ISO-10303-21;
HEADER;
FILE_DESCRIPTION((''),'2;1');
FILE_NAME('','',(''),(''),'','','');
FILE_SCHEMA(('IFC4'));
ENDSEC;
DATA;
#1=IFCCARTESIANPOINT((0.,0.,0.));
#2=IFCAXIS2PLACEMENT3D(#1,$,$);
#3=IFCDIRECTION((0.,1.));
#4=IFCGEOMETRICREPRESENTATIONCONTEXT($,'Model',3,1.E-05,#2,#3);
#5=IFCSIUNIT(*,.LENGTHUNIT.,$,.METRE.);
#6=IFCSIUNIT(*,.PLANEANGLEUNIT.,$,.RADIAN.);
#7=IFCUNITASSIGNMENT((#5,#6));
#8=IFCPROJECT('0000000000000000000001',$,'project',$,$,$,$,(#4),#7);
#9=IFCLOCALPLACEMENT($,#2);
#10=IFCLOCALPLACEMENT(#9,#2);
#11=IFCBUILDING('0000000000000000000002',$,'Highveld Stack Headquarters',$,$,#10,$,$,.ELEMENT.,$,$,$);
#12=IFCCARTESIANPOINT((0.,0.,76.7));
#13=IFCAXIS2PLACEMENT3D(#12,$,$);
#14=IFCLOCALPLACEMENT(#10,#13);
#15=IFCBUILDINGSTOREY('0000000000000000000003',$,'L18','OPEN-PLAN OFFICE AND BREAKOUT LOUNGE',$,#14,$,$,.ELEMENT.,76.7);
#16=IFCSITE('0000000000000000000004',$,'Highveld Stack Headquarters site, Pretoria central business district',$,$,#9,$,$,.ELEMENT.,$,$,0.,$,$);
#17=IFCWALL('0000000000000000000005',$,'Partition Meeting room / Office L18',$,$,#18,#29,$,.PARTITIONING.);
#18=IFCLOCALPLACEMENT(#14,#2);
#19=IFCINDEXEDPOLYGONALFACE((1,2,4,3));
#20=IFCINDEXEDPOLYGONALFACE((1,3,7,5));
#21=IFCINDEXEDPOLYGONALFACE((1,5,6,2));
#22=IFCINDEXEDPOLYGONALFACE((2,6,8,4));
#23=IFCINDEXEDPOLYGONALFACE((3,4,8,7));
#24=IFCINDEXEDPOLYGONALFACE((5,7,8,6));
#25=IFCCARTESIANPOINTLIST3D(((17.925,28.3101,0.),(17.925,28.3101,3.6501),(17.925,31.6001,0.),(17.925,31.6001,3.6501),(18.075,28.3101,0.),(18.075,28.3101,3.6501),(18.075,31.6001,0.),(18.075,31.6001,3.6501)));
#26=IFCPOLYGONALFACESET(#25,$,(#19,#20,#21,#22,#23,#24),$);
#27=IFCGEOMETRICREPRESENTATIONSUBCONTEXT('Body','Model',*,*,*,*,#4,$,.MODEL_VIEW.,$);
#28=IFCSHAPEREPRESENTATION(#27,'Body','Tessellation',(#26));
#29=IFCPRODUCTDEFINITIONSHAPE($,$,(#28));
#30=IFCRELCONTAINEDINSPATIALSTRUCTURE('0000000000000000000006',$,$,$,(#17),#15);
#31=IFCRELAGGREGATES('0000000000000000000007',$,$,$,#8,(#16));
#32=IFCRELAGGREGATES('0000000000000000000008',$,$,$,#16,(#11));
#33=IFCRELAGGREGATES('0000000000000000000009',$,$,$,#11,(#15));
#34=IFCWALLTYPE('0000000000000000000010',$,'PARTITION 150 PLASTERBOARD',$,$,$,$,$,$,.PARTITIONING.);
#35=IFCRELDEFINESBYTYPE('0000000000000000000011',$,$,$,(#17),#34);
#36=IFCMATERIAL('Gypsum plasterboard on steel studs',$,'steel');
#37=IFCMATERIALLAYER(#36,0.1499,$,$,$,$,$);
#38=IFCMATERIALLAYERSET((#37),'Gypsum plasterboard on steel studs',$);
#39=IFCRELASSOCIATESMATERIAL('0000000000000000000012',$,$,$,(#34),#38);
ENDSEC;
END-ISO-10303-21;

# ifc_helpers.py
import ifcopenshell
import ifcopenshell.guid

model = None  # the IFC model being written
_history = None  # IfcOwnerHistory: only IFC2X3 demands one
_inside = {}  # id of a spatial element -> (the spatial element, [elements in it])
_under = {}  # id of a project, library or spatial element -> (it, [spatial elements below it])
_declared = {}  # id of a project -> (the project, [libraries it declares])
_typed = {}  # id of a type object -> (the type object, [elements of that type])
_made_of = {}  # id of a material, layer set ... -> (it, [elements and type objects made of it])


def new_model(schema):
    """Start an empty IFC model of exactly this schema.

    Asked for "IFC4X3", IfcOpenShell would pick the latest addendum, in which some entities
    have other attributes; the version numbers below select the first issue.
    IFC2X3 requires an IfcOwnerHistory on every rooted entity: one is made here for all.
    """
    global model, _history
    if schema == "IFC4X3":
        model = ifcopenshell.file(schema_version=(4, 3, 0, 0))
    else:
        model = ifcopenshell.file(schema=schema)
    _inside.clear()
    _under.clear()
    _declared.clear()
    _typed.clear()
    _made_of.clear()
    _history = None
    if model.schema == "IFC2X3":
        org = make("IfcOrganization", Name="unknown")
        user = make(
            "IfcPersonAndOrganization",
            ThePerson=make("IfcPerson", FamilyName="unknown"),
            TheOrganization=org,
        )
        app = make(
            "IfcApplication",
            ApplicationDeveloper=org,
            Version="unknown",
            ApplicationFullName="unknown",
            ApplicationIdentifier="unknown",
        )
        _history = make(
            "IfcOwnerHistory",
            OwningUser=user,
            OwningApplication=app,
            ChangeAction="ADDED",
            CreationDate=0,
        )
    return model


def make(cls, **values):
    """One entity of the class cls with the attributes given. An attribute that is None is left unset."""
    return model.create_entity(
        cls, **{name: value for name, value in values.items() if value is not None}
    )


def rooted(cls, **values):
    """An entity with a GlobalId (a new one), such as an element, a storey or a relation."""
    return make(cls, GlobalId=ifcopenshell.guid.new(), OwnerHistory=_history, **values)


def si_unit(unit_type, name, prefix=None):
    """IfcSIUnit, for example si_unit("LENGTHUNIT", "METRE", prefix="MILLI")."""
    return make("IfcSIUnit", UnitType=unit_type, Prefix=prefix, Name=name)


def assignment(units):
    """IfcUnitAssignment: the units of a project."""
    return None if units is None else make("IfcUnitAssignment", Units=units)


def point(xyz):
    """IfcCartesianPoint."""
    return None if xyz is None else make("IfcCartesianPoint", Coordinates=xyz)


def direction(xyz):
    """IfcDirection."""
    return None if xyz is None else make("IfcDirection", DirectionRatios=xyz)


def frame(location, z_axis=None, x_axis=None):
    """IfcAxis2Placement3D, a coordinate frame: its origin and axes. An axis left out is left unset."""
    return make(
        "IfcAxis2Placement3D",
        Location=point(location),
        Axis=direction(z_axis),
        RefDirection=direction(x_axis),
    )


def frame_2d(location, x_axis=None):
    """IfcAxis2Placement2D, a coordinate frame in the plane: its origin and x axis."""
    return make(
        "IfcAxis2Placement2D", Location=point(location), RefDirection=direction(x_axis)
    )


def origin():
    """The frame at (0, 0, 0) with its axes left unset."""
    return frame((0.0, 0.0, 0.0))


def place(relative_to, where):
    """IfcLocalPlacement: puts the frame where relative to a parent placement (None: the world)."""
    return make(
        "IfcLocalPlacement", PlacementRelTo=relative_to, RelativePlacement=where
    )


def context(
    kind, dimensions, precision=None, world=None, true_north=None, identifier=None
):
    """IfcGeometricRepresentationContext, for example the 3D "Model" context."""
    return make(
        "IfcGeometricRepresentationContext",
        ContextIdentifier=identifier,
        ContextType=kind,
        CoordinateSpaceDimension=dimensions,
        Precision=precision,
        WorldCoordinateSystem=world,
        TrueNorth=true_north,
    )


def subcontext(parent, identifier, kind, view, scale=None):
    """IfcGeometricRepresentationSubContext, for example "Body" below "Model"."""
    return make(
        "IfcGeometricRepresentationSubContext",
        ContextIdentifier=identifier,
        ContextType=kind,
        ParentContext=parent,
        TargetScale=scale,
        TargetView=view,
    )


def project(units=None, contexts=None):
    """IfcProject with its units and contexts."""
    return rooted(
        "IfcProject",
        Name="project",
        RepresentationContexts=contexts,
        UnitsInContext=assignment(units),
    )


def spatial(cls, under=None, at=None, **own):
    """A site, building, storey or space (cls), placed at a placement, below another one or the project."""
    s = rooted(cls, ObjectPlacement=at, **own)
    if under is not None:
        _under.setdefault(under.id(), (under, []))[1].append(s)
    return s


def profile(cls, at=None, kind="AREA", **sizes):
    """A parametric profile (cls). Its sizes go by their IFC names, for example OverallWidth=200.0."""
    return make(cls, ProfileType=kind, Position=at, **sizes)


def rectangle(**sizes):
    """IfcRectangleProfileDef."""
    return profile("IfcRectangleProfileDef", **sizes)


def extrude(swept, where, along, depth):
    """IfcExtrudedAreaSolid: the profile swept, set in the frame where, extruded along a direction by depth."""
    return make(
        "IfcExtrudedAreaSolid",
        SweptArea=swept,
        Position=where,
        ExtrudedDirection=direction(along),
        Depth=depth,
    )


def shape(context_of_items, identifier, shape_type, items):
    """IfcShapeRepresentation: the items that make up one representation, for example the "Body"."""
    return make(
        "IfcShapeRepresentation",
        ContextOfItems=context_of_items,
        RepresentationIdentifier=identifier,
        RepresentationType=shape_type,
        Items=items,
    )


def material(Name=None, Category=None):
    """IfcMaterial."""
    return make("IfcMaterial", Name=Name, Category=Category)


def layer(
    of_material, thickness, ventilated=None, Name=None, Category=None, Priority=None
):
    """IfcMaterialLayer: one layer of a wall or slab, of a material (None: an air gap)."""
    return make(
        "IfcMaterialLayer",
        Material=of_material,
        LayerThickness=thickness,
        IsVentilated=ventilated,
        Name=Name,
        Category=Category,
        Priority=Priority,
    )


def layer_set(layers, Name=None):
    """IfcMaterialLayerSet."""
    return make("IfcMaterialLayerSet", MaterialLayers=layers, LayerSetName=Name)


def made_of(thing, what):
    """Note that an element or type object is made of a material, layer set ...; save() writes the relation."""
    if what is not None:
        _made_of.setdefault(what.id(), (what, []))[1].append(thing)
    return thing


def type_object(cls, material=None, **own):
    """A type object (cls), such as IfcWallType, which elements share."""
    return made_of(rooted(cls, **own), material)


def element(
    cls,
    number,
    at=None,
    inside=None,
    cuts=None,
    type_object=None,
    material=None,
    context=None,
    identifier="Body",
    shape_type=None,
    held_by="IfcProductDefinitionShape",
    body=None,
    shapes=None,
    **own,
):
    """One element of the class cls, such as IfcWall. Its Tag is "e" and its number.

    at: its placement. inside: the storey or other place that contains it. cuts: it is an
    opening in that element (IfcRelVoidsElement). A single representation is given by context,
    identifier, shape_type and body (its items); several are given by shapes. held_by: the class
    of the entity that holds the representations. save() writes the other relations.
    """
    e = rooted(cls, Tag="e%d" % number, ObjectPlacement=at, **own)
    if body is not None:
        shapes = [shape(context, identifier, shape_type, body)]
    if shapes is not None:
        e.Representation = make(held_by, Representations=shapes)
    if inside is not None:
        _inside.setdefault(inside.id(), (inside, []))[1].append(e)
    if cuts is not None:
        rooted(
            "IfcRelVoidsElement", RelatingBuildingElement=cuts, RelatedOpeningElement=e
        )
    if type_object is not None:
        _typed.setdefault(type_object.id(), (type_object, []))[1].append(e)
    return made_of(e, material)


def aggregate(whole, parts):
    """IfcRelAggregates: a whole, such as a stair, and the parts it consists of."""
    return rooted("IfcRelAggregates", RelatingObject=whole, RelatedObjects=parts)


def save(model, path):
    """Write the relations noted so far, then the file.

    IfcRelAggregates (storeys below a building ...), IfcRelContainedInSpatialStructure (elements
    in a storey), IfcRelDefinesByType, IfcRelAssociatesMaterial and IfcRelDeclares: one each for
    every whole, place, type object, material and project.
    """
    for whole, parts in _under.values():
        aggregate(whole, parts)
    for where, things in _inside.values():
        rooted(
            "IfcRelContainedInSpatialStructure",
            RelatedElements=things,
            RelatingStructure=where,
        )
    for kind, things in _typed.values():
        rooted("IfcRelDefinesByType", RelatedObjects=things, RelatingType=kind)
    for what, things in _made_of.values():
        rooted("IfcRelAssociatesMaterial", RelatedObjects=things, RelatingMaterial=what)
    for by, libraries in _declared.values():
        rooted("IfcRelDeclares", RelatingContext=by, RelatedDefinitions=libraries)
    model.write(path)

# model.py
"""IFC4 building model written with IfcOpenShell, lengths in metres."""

from ifc_helpers import new_model, si_unit, direction, frame, frame_2d, origin, place, context, subcontext, project, spatial, rectangle, extrude, material, layer, layer_set, type_object, element, save


model = new_model("IFC4")

# Units and contexts
model_context = context("Model", 3, precision=1e-05, world=origin(), true_north=direction((0.0, 1.0)))
body_context = subcontext(model_context, "Body", "Model", "MODEL_VIEW")
ifc_project = project(units=[si_unit("LENGTHUNIT", "METRE"), si_unit("PLANEANGLEUNIT", "RADIAN")], contexts=[model_context])

# Site, building, storey
site_placement = place(None, origin())
site = spatial("IfcSite", under=ifc_project, at=site_placement, Name="Highveld Stack Headquarters site, Pretoria central business district", CompositionType="ELEMENT", RefElevation=0.0)
building_placement = place(site_placement, origin())
building = spatial("IfcBuilding", under=site, at=building_placement, Name="Highveld Stack Headquarters", CompositionType="ELEMENT")
storey_placement = place(building_placement, frame((0.0, 0.0, 76.7)))
storey = spatial("IfcBuildingStorey", under=building, at=storey_placement, Name="L18", Description="OPEN-PLAN OFFICE AND BREAKOUT LOUNGE", CompositionType="ELEMENT", Elevation=76.7)

# Wall
ifc_material_1 = material(Name="Gypsum plasterboard on steel studs", Category="steel")
ifc_layer_1 = layer(ifc_material_1, 0.1499)
ifc_layer_set_1 = layer_set([ifc_layer_1], Name="Gypsum plasterboard on steel studs")
wall_type = type_object("IfcWallType", Name="PARTITION 150 PLASTERBOARD", PredefinedType="PARTITIONING", material=ifc_layer_set_1)
for number, where, z_axis, x_axis, name in (
    (1, (18.0, 28.3101, 0.0), (0.0, 0.0, 1.0), (0.0, 1.0, 0.0), "Partition Meeting room / Office L18"),
):
    element("IfcWall", number, at=place(storey_placement, frame(where, z_axis=z_axis, x_axis=x_axis)), inside=storey, type_object=wall_type, Name=name, PredefinedType="PARTITIONING", context=body_context, shape_type="SweptSolid", body=[
        extrude(rectangle(XDim=3.29, YDim=0.1499, at=frame_2d((1.645, 0.0))), origin(), (0.0, 0.0, 1.0), 3.6501),
    ])

save(model, "model.ifc")
